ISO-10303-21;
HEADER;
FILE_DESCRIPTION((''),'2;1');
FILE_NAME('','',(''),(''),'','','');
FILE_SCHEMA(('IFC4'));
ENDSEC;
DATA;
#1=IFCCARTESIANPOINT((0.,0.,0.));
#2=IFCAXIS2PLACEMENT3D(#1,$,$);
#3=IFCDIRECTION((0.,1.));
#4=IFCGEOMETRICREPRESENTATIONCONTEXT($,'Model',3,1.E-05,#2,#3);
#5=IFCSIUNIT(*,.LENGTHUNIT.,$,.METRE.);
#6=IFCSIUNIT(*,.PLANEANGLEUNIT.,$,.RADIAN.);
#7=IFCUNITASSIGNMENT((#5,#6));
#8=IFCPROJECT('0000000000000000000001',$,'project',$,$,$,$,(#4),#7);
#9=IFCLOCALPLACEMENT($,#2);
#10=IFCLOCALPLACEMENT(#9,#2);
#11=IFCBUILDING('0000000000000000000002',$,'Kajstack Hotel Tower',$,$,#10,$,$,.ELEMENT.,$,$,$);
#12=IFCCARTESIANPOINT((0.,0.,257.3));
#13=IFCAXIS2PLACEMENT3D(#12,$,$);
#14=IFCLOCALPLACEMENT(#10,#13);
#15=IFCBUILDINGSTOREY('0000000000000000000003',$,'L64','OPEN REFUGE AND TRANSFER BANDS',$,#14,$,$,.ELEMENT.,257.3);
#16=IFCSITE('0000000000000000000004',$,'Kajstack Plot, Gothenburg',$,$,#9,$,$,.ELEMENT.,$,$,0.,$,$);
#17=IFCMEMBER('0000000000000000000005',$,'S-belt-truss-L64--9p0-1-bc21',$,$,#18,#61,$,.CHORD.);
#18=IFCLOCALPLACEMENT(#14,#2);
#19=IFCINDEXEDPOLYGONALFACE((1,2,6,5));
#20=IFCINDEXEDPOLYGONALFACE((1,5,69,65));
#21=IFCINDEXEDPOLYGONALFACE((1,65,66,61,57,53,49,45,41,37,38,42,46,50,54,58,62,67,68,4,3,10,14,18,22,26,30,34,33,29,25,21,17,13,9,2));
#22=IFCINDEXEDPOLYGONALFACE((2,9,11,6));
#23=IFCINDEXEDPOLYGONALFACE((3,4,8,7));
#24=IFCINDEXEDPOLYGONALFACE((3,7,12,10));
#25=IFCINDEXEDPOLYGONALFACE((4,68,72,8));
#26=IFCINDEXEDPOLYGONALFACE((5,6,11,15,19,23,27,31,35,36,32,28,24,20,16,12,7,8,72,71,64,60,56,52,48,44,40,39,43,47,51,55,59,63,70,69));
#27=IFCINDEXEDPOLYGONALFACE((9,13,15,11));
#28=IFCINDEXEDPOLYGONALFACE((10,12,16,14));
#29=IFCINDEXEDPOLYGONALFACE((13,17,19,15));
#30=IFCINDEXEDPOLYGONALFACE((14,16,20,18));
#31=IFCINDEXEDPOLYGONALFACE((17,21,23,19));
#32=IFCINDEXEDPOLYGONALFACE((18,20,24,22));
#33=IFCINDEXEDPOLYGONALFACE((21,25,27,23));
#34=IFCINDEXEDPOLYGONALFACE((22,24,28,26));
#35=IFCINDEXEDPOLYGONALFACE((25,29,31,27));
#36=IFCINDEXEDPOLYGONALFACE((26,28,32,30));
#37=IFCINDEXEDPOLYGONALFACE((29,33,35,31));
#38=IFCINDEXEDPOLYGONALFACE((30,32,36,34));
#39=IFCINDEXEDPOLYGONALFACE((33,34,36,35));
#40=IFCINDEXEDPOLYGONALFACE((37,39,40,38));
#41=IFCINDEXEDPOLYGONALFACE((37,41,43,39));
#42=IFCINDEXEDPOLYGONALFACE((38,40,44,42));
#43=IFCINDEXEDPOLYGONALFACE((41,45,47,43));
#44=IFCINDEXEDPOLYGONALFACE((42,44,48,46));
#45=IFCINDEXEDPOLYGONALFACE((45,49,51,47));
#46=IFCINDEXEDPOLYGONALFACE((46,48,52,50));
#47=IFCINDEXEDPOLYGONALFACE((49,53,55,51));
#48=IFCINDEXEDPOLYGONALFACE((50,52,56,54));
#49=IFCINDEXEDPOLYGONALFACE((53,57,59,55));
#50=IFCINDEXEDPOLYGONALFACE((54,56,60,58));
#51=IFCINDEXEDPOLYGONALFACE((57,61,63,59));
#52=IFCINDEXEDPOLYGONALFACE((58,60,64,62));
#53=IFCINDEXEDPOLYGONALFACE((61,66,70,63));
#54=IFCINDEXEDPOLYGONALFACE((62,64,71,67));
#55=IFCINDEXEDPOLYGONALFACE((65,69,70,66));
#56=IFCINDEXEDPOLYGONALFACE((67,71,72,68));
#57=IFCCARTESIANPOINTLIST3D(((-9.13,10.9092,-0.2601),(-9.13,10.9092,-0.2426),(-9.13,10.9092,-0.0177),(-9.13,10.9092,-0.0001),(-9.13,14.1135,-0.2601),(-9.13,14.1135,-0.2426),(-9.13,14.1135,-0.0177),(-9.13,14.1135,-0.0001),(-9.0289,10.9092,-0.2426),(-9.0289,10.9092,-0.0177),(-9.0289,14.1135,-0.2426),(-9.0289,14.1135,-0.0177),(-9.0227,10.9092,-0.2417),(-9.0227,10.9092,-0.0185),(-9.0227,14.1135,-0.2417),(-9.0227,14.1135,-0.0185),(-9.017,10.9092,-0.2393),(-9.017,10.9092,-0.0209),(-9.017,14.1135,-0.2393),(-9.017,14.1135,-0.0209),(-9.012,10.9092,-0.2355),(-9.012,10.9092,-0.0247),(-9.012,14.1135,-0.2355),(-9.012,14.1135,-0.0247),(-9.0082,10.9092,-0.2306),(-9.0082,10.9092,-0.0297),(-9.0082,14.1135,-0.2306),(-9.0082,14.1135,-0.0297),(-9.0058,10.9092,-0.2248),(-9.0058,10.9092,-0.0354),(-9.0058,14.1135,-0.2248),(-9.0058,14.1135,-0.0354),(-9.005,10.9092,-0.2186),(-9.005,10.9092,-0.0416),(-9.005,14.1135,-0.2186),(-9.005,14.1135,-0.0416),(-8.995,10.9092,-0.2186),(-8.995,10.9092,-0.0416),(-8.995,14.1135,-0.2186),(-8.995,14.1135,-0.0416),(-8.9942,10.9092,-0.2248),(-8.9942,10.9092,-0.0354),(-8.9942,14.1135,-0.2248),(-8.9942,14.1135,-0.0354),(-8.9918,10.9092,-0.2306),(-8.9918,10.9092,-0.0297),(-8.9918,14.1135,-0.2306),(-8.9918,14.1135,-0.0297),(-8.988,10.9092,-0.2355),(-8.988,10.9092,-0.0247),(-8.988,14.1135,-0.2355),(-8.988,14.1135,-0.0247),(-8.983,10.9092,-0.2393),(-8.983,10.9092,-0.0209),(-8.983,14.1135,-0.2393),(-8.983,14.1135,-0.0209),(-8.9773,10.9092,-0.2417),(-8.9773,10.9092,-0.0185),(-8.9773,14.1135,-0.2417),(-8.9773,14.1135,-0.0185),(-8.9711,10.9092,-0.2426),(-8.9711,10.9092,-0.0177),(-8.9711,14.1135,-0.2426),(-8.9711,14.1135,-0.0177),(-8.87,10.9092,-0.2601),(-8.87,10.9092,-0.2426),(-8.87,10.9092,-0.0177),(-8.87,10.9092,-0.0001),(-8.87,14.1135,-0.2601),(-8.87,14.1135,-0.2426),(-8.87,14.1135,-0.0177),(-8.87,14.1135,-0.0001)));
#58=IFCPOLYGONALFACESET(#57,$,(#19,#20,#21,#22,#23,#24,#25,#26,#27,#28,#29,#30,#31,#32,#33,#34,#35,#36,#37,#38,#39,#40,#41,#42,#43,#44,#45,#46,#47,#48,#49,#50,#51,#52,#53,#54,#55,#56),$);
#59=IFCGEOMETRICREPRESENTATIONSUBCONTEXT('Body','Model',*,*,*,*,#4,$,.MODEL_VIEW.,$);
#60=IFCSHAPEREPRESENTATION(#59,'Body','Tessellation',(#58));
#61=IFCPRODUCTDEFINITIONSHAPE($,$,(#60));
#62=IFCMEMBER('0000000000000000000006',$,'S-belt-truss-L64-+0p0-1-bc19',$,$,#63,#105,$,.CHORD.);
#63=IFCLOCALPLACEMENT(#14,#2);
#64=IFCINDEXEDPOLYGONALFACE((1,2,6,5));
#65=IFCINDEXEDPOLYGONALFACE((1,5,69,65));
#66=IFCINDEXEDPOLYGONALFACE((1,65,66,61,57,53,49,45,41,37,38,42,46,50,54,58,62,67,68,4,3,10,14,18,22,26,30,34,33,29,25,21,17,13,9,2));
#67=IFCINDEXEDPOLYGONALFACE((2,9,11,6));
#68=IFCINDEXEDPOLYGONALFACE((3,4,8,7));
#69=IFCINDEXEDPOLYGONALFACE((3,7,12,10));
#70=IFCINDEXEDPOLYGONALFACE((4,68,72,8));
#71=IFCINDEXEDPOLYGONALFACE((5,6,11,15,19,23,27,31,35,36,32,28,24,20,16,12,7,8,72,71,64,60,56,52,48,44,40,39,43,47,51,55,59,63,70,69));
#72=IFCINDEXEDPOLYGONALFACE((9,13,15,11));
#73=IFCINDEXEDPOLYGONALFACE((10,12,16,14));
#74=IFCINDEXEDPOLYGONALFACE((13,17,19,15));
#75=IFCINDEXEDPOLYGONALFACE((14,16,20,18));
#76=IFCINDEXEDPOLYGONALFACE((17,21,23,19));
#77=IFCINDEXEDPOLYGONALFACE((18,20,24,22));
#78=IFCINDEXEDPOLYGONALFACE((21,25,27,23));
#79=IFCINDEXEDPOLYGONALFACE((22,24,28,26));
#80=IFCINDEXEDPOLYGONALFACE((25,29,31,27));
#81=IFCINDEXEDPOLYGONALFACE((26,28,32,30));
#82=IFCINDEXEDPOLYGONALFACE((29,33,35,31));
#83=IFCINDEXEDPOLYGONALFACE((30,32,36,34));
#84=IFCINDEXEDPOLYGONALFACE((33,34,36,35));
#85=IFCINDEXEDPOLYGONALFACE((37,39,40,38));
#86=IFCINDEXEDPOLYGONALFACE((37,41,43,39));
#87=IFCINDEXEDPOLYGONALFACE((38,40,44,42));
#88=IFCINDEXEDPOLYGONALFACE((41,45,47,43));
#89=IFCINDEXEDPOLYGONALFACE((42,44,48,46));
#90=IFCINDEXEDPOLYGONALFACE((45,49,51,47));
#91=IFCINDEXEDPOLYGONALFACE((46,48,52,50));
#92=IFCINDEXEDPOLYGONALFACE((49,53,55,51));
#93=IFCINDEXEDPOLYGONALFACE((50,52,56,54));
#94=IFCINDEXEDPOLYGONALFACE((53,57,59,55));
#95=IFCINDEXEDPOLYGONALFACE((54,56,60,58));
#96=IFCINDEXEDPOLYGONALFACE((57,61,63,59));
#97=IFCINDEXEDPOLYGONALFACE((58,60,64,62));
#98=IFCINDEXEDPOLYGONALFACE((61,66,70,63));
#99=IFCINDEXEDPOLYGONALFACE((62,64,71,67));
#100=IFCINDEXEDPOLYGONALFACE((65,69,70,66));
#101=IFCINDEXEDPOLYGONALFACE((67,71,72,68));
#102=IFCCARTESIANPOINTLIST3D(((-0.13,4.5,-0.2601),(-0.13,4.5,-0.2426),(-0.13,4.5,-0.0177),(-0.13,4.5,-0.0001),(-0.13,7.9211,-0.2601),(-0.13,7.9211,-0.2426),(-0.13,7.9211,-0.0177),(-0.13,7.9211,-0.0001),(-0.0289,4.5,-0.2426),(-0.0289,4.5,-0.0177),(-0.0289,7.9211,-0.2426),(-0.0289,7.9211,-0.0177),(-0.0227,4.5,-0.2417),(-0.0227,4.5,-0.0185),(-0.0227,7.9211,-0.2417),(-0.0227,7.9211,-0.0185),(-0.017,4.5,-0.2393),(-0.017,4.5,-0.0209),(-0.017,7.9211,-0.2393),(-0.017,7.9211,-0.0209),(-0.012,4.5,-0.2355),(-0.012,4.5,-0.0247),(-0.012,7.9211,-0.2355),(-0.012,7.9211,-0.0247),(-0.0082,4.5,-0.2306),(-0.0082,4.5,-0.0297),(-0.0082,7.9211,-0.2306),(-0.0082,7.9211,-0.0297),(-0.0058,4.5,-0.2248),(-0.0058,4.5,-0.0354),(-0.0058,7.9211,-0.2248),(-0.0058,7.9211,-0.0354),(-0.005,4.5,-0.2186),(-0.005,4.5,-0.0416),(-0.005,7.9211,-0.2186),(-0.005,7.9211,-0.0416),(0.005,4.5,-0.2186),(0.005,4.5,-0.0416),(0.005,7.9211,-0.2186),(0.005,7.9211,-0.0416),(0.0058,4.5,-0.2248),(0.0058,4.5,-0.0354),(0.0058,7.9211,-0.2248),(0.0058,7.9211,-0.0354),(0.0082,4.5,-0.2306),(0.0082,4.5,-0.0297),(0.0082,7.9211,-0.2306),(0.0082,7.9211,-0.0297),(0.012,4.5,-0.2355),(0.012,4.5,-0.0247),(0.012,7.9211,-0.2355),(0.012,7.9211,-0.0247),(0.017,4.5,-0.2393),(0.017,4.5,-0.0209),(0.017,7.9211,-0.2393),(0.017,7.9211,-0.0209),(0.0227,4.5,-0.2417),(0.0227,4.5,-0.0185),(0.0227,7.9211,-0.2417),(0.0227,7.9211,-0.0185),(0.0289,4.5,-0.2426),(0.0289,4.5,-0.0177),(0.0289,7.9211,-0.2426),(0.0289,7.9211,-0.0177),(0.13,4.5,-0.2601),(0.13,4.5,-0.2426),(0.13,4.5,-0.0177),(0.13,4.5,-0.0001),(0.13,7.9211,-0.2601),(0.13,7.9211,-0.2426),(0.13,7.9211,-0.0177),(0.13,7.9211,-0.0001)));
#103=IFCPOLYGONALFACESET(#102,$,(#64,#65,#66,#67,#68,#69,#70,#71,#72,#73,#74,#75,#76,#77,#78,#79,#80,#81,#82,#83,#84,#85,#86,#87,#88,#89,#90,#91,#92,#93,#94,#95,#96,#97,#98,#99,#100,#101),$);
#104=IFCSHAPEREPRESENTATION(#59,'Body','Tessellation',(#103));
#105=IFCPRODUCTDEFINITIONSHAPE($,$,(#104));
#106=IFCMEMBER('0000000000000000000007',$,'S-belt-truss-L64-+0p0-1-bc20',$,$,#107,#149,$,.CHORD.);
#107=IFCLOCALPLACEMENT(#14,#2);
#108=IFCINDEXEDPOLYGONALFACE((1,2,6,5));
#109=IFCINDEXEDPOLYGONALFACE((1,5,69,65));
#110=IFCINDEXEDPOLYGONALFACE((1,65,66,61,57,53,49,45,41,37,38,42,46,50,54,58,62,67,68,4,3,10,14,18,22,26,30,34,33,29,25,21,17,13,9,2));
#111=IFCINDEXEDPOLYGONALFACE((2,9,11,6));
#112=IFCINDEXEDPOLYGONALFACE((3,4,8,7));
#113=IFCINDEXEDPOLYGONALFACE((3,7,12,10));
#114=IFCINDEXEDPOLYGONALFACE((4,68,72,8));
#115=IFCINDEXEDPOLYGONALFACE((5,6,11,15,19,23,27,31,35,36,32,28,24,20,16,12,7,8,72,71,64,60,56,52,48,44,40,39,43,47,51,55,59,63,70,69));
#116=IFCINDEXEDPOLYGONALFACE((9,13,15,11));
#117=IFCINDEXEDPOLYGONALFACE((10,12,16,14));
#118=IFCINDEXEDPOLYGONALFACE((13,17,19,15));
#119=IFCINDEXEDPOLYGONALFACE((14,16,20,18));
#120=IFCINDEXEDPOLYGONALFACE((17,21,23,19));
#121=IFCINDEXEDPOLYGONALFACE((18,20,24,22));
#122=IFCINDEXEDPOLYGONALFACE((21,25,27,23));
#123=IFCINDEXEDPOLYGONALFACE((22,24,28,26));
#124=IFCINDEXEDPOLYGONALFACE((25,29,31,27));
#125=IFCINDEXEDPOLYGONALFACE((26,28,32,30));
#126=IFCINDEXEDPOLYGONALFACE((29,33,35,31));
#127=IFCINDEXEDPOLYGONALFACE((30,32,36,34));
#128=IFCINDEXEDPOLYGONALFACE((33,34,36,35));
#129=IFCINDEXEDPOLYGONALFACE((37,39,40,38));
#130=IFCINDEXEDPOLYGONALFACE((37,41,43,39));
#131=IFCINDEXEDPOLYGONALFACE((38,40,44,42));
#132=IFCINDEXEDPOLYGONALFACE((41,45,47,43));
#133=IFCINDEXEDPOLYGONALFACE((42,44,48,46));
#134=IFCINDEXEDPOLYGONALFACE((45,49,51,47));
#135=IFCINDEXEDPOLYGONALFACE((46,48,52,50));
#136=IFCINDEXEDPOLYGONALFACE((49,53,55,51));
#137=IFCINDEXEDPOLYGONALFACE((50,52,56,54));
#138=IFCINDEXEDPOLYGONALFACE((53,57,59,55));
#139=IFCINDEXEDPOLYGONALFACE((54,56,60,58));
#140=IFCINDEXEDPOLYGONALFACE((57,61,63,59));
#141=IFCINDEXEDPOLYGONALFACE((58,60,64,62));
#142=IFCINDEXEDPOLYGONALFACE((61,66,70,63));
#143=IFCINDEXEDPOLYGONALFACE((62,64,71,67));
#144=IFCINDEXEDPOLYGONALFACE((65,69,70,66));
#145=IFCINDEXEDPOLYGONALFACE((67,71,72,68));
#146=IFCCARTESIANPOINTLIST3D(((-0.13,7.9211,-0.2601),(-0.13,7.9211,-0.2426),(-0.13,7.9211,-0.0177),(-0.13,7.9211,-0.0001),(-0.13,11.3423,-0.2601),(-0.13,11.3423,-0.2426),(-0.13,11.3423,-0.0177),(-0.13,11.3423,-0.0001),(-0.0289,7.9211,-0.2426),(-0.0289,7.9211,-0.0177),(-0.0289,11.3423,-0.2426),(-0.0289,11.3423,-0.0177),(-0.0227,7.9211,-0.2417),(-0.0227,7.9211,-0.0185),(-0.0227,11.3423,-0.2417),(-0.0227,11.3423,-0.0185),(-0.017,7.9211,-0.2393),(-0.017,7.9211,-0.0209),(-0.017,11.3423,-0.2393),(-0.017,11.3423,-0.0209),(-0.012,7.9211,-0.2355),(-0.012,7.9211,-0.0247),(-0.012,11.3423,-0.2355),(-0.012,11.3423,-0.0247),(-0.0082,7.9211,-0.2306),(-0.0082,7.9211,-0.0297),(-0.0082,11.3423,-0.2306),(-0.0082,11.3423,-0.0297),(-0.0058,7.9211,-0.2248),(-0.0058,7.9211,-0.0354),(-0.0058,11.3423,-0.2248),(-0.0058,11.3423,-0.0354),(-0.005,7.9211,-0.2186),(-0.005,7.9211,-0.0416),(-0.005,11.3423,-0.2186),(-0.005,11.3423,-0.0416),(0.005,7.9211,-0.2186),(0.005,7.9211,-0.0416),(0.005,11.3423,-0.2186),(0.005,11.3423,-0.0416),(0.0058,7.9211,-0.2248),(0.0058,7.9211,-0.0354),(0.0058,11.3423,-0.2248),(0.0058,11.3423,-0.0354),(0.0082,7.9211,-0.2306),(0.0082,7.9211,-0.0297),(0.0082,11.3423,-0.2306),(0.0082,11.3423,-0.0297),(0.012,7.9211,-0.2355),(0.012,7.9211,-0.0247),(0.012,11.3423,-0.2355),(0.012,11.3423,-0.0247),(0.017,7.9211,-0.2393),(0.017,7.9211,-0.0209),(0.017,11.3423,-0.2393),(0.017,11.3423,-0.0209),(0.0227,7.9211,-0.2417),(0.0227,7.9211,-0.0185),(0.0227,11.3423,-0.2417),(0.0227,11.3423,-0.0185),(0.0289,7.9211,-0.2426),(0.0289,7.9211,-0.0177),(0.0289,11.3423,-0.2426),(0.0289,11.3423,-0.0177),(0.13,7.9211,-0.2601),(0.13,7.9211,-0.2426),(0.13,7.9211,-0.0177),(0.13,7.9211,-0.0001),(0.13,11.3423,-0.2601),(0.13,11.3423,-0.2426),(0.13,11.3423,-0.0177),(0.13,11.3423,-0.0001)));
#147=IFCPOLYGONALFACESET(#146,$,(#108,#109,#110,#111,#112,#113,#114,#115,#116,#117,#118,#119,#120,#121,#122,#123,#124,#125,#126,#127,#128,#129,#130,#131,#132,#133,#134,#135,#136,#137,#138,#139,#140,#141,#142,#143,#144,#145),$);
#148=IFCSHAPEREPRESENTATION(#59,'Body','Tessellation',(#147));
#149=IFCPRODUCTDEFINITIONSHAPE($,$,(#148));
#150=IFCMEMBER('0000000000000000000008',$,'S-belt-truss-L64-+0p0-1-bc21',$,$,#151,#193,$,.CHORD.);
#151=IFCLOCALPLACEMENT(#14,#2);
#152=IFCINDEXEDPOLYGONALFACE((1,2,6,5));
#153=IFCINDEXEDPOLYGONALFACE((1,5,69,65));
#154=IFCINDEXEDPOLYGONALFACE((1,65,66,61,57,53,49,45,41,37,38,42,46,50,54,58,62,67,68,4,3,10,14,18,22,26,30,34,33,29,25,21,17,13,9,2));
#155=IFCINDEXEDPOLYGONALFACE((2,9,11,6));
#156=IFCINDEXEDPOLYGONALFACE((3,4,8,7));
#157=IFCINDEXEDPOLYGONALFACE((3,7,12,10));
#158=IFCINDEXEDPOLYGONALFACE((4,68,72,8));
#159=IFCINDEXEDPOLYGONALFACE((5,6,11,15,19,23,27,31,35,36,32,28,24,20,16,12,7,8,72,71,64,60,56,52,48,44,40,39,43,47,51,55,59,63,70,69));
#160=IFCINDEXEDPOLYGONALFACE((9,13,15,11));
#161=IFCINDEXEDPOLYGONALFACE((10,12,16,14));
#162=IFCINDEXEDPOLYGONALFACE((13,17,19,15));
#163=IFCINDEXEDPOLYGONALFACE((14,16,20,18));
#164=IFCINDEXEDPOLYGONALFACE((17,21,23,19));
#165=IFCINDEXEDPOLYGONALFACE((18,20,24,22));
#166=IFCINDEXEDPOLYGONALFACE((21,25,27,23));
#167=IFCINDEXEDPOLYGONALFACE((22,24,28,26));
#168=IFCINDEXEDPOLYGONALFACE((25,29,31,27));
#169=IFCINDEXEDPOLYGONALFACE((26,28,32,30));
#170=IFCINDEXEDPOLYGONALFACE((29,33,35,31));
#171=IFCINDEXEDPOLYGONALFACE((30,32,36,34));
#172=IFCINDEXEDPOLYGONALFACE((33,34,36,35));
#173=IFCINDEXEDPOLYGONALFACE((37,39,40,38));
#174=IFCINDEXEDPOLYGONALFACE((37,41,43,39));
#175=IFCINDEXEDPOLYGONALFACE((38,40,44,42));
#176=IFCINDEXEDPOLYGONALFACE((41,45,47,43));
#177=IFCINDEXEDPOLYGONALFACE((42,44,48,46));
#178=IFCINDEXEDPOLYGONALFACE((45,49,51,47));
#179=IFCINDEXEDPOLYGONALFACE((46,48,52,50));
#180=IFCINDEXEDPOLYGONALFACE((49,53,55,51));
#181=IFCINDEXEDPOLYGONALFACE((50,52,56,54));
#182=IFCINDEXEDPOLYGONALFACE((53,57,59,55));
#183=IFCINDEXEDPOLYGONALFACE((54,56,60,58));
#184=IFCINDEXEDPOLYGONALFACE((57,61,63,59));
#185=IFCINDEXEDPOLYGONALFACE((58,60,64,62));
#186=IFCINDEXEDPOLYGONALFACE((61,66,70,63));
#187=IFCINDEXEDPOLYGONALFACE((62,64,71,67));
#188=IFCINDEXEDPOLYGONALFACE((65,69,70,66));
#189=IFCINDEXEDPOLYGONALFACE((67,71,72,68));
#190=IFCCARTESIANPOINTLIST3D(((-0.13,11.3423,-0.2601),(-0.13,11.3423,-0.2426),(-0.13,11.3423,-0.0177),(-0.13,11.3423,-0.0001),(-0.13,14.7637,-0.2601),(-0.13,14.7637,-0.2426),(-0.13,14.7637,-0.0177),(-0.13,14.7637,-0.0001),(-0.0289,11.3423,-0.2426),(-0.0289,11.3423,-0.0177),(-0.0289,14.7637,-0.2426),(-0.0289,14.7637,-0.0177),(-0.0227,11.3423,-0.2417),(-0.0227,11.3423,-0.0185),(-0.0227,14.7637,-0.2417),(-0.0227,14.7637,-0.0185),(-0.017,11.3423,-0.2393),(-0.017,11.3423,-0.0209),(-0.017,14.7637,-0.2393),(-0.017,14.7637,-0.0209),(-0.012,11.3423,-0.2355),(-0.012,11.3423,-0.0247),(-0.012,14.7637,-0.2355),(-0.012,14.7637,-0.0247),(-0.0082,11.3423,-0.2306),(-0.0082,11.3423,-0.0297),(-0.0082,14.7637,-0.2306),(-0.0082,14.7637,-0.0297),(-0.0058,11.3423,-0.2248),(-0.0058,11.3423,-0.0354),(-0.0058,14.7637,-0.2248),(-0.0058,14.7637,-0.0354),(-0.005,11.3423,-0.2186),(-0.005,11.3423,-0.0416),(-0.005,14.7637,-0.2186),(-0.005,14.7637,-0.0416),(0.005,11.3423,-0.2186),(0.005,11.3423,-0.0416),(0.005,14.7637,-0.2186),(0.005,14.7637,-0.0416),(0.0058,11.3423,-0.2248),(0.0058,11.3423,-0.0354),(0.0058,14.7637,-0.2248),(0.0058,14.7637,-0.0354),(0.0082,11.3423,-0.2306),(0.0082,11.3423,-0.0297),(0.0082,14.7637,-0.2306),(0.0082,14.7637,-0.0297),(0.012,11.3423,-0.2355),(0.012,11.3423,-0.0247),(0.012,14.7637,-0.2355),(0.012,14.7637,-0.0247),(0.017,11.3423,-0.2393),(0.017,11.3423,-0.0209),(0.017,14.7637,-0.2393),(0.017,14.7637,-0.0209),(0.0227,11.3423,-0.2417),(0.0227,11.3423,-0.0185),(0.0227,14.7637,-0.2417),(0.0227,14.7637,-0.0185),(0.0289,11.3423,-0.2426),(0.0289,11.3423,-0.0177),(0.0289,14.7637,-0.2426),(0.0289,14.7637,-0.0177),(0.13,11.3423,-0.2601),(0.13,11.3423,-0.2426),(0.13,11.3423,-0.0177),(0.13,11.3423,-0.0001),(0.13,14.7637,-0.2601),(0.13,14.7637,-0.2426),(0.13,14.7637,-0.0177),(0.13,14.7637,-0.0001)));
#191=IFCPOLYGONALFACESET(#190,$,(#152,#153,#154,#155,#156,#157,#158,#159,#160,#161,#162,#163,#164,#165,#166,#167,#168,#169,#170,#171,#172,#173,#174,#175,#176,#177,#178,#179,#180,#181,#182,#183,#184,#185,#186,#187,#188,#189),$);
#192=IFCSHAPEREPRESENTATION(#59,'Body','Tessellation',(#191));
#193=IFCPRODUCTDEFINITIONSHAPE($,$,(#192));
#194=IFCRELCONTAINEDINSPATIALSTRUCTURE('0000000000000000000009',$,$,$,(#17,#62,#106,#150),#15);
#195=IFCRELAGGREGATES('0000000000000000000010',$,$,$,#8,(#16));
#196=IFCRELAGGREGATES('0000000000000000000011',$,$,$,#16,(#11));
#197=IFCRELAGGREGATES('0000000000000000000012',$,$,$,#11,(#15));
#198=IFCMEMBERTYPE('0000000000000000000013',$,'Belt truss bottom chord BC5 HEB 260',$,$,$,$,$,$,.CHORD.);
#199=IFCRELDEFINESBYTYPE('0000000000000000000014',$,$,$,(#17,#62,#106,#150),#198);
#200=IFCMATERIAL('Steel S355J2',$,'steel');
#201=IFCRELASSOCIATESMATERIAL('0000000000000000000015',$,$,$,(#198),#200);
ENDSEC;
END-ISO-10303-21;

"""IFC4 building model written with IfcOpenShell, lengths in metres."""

from ifc_helpers import new_model, si_unit, direction, frame, origin, origin_2d, place, context, subcontext, project, spatial, i_section, extrude, material, material_profile, profile_set, type_object, element, save


model = new_model("IFC4")

# Units and contexts
model_context = context("Model", 3, precision=1e-05, world=origin(), true_north=direction((0.0, 1.0)))
body_context = subcontext(model_context, "Body", "Model", "MODEL_VIEW")
ifc_project = project(units=[si_unit("LENGTHUNIT", "METRE"), si_unit("PLANEANGLEUNIT", "RADIAN")], contexts=[model_context])

# Site, building, storey
site_placement = place(None, origin())
site = spatial("IfcSite", under=ifc_project, at=site_placement, Name="Kajstack Plot, Gothenburg", CompositionType="ELEMENT", RefElevation=0.0)
building_placement = place(site_placement, origin())
building = spatial("IfcBuilding", under=site, at=building_placement, Name="Kajstack Hotel Tower", CompositionType="ELEMENT")
storey_placement = place(building_placement, frame((0.0, 0.0, 257.3)))
storey = spatial("IfcBuildingStorey", under=building, at=storey_placement, Name="L64", Description="OPEN REFUGE AND TRANSFER BANDS", CompositionType="ELEMENT", Elevation=257.3)

# Members
ifc_material_1 = material(Name="Steel S355J2", Category="steel")
ifc_material_profile_1 = material_profile(ifc_material_1, i_section(OverallWidth=0.26, OverallDepth=0.26, WebThickness=0.01, FlangeThickness=0.0176, FilletRadius=0.0239, at=origin_2d()), Name="HEB 260")
ifc_profile_set_1 = profile_set([ifc_material_profile_1], Name="Steel S355J2")
member_type_1 = type_object("IfcMemberType", Name="Belt truss bottom chord BC5 HEB 260", PredefinedType="CHORD", material=ifc_profile_set_1)
member_1_placement = place(storey_placement, frame((-9.0, 10.9092, -0.1301), z_axis=(0.0, 1.0, 0.0), x_axis=(-1.0, 0.0, 0.0)))
element("IfcMember", 1, at=member_1_placement, inside=storey, type_object=member_type_1, Name="S-belt-truss-L64--9p0-1-bc21", PredefinedType="CHORD", context=body_context, shape_type="SweptSolid", body=[
    extrude(i_section(OverallWidth=0.26, OverallDepth=0.26, WebThickness=0.01, FlangeThickness=0.0176, FilletRadius=0.0239, at=origin_2d()), origin(), (0.0, 0.0, 1.0), 3.2043),
])
for number, where, z_axis, x_axis, name in (
    (2, (0.0, 4.5, -0.1301), (0.0, 1.0, 0.0), (-1.0, 0.0, 0.0), "S-belt-truss-L64-+0p0-1-bc19"),
    (3, (0.0, 7.9211, -0.1301), (0.0, 1.0, 0.0), (-1.0, 0.0, 0.0), "S-belt-truss-L64-+0p0-1-bc20"),
):
    element("IfcMember", number, at=place(storey_placement, frame(where, z_axis=z_axis, x_axis=x_axis)), inside=storey, type_object=member_type_1, Name=name, PredefinedType="CHORD", context=body_context, shape_type="SweptSolid", body=[
        extrude(i_section(OverallWidth=0.26, OverallDepth=0.26, WebThickness=0.01, FlangeThickness=0.0176, FilletRadius=0.0239, at=origin_2d()), origin(), (0.0, 0.0, 1.0), 3.4211),
    ])
member_2_placement = place(storey_placement, frame((0.0, 11.3423, -0.1301), z_axis=(0.0, 1.0, 0.0), x_axis=(-1.0, 0.0, 0.0)))
element("IfcMember", 4, at=member_2_placement, inside=storey, type_object=member_type_1, Name="S-belt-truss-L64-+0p0-1-bc21", PredefinedType="CHORD", context=body_context, shape_type="SweptSolid", body=[
    extrude(i_section(OverallWidth=0.26, OverallDepth=0.26, WebThickness=0.01, FlangeThickness=0.0176, FilletRadius=0.0239, at=origin_2d()), origin(), (0.0, 0.0, 1.0), 3.4214),
])

save(model, "model.ifc")
